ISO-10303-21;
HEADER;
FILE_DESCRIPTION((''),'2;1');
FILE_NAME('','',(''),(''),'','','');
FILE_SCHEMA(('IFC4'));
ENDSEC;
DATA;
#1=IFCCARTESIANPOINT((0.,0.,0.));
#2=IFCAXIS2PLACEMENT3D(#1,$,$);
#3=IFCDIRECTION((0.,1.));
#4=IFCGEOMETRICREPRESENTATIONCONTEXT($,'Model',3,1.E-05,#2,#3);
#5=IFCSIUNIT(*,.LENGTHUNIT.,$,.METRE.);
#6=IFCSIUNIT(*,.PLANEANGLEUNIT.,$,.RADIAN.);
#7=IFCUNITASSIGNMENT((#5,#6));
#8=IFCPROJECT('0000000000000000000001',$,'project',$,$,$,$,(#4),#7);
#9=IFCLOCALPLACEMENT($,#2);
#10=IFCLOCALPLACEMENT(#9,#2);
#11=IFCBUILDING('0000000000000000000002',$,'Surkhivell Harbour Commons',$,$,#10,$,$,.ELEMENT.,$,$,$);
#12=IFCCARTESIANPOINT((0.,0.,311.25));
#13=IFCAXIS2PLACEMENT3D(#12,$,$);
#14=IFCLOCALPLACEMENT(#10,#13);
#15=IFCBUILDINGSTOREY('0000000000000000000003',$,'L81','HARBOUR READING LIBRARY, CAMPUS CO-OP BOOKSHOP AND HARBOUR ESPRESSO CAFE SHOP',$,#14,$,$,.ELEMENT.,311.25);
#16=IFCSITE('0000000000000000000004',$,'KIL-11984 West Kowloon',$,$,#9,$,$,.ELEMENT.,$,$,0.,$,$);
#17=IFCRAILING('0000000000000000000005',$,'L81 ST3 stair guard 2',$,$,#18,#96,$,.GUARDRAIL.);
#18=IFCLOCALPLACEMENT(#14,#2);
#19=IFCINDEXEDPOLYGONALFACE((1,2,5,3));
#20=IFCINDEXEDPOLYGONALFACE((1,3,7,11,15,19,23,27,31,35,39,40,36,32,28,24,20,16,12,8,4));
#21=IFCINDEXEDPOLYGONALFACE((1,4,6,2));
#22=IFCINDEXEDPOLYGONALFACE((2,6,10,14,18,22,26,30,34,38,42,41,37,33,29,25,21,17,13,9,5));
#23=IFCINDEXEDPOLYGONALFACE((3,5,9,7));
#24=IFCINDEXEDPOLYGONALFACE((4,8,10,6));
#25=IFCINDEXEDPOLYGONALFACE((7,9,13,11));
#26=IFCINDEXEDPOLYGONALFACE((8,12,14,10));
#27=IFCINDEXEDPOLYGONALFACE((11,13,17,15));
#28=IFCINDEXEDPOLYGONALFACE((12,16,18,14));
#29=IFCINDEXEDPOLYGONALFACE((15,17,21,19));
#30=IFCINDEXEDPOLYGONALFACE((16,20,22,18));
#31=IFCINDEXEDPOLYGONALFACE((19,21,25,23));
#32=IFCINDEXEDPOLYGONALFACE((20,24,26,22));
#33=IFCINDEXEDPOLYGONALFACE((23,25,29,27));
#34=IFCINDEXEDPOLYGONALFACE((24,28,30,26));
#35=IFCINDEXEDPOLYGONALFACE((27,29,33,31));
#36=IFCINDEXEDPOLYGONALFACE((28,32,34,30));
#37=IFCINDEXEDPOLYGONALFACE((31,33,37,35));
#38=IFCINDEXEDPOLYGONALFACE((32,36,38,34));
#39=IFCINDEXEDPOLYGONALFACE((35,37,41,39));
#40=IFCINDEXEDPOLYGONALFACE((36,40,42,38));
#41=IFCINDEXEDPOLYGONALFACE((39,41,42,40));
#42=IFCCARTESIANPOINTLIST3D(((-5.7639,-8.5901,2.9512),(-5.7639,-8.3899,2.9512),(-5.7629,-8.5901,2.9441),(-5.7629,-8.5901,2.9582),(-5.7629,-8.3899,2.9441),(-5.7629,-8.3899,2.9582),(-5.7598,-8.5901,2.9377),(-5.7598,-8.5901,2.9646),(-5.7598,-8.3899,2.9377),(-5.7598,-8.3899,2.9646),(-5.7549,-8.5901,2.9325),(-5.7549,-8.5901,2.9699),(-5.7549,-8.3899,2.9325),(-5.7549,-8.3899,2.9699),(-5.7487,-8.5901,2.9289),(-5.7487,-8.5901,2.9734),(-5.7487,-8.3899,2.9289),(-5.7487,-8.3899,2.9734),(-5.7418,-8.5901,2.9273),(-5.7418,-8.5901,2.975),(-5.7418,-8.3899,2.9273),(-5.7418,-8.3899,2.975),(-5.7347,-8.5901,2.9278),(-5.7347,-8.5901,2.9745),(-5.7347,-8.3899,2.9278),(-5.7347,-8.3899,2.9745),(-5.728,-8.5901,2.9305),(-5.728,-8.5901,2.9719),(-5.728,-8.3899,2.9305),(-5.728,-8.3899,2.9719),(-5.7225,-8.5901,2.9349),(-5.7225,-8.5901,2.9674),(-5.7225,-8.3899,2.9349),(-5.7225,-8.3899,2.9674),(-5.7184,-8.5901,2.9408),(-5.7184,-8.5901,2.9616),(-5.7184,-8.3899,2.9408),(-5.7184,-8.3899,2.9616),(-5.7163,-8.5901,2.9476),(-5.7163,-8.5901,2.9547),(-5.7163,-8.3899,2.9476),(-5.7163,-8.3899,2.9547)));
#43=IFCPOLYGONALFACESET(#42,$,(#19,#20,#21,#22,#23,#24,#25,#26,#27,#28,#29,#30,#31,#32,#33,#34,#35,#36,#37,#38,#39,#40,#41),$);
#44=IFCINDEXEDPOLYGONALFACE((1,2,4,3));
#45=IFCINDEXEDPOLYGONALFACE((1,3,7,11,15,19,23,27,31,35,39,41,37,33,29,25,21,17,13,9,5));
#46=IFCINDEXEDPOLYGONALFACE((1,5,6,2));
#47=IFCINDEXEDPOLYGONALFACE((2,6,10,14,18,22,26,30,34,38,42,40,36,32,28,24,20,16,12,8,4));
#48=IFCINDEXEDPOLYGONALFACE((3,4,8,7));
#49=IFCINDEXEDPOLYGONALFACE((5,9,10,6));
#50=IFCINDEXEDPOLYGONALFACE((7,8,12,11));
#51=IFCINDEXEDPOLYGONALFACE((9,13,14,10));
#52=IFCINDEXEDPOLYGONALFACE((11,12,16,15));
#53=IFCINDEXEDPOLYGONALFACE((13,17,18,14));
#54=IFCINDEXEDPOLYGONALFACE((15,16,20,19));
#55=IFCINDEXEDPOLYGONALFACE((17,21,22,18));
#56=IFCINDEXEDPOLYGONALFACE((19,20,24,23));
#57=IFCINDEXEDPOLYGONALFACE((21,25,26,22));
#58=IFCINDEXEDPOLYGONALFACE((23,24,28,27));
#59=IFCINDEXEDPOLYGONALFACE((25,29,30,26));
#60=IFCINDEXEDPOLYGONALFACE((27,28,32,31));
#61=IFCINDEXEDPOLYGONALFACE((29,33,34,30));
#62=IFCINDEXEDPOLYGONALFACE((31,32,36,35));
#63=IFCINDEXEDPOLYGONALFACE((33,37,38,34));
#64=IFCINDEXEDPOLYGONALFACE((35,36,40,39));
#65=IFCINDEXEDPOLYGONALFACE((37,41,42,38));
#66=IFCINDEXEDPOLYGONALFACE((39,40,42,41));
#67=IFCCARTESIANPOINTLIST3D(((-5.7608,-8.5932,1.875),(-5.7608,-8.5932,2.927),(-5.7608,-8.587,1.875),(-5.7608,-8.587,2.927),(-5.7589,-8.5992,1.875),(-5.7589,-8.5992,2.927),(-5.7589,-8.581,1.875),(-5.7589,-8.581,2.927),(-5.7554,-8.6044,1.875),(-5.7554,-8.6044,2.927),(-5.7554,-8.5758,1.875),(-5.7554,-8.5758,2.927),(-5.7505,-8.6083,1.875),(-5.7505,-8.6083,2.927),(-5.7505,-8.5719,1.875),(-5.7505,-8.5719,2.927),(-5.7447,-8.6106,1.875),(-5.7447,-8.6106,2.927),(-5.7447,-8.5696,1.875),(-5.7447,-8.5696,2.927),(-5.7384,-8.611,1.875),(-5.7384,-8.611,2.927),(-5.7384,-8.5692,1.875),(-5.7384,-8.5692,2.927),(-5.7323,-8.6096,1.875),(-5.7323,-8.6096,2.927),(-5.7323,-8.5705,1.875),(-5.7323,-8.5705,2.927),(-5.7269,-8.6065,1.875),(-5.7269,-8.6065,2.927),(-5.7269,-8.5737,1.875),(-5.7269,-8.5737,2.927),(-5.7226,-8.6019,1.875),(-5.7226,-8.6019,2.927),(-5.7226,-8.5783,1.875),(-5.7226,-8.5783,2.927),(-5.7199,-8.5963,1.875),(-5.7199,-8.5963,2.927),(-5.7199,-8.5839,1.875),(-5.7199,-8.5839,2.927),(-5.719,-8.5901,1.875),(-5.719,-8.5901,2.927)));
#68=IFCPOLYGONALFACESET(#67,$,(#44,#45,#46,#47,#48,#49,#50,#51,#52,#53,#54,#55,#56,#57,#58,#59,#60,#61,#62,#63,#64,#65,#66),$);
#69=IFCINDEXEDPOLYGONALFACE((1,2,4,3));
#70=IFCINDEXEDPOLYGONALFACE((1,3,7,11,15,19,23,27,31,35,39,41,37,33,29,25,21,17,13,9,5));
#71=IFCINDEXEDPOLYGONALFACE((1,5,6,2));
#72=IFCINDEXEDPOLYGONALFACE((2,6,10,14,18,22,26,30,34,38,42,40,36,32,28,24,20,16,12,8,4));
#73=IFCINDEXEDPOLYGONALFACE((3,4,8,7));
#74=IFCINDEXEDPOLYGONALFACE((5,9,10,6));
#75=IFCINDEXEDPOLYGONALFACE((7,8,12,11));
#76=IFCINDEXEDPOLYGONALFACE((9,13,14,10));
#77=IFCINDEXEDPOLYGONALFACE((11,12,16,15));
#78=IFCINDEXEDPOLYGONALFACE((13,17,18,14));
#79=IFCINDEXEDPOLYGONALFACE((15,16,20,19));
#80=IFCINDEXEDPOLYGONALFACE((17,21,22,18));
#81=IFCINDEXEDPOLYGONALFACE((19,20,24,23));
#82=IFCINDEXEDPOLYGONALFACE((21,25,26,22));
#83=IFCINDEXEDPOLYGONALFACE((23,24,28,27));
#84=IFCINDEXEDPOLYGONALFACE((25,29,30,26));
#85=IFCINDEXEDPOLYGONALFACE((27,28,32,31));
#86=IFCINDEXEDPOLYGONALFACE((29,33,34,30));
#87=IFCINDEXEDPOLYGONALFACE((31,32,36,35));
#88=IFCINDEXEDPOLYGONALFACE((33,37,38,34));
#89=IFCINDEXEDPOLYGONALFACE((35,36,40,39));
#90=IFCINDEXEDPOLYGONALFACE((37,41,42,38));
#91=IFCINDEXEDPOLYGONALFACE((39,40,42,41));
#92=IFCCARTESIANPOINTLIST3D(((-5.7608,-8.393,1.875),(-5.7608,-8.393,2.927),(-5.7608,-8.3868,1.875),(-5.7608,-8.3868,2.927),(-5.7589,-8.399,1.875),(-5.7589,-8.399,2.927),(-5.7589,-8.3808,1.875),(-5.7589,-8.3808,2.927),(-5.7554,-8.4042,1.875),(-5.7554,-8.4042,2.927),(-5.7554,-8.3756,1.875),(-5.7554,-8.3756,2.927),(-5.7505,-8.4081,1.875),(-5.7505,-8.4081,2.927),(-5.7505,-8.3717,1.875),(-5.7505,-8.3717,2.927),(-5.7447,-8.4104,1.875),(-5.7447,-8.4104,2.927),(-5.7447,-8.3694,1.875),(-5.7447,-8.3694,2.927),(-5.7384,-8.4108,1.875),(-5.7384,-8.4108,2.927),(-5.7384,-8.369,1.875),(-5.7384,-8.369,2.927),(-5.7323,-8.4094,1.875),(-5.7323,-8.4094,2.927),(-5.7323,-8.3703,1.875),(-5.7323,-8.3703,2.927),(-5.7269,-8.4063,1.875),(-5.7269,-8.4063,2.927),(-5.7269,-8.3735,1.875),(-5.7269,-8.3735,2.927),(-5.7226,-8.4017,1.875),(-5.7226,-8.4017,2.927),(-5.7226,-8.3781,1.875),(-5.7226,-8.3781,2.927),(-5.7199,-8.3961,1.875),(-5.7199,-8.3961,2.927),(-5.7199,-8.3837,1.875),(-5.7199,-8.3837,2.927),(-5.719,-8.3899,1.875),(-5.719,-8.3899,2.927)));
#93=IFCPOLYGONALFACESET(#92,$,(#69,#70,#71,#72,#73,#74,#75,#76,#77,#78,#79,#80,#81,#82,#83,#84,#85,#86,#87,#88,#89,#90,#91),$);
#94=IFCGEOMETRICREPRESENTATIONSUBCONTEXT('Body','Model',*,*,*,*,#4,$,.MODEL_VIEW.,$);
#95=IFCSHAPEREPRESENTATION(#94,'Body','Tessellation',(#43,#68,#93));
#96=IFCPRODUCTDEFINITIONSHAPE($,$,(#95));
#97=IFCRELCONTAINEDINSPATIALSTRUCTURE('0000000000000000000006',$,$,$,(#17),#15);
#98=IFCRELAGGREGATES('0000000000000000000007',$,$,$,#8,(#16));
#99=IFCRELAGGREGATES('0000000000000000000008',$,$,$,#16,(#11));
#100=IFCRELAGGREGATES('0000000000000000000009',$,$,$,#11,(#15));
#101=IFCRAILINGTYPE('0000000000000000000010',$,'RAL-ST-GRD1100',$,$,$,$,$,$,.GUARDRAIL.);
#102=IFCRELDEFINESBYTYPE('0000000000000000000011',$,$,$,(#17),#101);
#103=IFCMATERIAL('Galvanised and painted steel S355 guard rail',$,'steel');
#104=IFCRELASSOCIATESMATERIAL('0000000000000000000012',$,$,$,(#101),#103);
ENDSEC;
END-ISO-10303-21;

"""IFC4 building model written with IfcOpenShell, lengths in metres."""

from ifc_helpers import new_model, si_unit, direction, frame, origin, origin_2d, place, context, subcontext, project, spatial, circle, extrude, material, type_object, element, save


model = new_model("IFC4")

# Units and contexts
model_context = context("Model", 3, precision=1e-05, world=origin(), true_north=direction((0.0, 1.0)))
body_context = subcontext(model_context, "Body", "Model", "MODEL_VIEW")
ifc_project = project(units=[si_unit("LENGTHUNIT", "METRE"), si_unit("PLANEANGLEUNIT", "RADIAN")], contexts=[model_context])

# Site, building, storey
site_placement = place(None, origin())
site = spatial("IfcSite", under=ifc_project, at=site_placement, Name="KIL-11984 West Kowloon", CompositionType="ELEMENT", RefElevation=0.0)
building_placement = place(site_placement, origin())
building = spatial("IfcBuilding", under=site, at=building_placement, Name="Surkhivell Harbour Commons", CompositionType="ELEMENT")
storey_placement = place(building_placement, frame((0.0, 0.0, 311.25)))
storey = spatial("IfcBuildingStorey", under=building, at=storey_placement, Name="L81", Description="HARBOUR READING LIBRARY, CAMPUS CO-OP BOOKSHOP AND HARBOUR ESPRESSO CAFE SHOP", CompositionType="ELEMENT", Elevation=311.25)

# Railing
ifc_material_1 = material(Name="Galvanised and painted steel S355 guard rail", Category="steel")
railing_type_1 = type_object("IfcRailingType", Name="RAL-ST-GRD1100", PredefinedType="GUARDRAIL", material=ifc_material_1)
railing_1_placement = place(storey_placement, frame((-5.74, -8.5901, 1.875)))
element("IfcRailing", 1, at=railing_1_placement, inside=storey, type_object=railing_type_1, Name="L81 ST3 stair guard 2", PredefinedType="GUARDRAIL", context=body_context, shape_type="SweptSolid", body=[
    extrude(circle(Radius=0.0239, at=origin_2d()), frame((0.0, 0.0, 1.0762), z_axis=(0.0, 1.0, 0.0), x_axis=(-1.0, 0.0, 0.0)), (0.0, 0.0, 1.0), 0.2002),
    extrude(circle(Radius=0.021, at=origin_2d()), origin(), (0.0, 0.0, 1.0), 1.052),
    extrude(circle(Radius=0.021, at=origin_2d()), frame((0.0, 0.2002, 0.0)), (0.0, 0.0, 1.0), 1.052),
])

save(model, "model.ifc")
